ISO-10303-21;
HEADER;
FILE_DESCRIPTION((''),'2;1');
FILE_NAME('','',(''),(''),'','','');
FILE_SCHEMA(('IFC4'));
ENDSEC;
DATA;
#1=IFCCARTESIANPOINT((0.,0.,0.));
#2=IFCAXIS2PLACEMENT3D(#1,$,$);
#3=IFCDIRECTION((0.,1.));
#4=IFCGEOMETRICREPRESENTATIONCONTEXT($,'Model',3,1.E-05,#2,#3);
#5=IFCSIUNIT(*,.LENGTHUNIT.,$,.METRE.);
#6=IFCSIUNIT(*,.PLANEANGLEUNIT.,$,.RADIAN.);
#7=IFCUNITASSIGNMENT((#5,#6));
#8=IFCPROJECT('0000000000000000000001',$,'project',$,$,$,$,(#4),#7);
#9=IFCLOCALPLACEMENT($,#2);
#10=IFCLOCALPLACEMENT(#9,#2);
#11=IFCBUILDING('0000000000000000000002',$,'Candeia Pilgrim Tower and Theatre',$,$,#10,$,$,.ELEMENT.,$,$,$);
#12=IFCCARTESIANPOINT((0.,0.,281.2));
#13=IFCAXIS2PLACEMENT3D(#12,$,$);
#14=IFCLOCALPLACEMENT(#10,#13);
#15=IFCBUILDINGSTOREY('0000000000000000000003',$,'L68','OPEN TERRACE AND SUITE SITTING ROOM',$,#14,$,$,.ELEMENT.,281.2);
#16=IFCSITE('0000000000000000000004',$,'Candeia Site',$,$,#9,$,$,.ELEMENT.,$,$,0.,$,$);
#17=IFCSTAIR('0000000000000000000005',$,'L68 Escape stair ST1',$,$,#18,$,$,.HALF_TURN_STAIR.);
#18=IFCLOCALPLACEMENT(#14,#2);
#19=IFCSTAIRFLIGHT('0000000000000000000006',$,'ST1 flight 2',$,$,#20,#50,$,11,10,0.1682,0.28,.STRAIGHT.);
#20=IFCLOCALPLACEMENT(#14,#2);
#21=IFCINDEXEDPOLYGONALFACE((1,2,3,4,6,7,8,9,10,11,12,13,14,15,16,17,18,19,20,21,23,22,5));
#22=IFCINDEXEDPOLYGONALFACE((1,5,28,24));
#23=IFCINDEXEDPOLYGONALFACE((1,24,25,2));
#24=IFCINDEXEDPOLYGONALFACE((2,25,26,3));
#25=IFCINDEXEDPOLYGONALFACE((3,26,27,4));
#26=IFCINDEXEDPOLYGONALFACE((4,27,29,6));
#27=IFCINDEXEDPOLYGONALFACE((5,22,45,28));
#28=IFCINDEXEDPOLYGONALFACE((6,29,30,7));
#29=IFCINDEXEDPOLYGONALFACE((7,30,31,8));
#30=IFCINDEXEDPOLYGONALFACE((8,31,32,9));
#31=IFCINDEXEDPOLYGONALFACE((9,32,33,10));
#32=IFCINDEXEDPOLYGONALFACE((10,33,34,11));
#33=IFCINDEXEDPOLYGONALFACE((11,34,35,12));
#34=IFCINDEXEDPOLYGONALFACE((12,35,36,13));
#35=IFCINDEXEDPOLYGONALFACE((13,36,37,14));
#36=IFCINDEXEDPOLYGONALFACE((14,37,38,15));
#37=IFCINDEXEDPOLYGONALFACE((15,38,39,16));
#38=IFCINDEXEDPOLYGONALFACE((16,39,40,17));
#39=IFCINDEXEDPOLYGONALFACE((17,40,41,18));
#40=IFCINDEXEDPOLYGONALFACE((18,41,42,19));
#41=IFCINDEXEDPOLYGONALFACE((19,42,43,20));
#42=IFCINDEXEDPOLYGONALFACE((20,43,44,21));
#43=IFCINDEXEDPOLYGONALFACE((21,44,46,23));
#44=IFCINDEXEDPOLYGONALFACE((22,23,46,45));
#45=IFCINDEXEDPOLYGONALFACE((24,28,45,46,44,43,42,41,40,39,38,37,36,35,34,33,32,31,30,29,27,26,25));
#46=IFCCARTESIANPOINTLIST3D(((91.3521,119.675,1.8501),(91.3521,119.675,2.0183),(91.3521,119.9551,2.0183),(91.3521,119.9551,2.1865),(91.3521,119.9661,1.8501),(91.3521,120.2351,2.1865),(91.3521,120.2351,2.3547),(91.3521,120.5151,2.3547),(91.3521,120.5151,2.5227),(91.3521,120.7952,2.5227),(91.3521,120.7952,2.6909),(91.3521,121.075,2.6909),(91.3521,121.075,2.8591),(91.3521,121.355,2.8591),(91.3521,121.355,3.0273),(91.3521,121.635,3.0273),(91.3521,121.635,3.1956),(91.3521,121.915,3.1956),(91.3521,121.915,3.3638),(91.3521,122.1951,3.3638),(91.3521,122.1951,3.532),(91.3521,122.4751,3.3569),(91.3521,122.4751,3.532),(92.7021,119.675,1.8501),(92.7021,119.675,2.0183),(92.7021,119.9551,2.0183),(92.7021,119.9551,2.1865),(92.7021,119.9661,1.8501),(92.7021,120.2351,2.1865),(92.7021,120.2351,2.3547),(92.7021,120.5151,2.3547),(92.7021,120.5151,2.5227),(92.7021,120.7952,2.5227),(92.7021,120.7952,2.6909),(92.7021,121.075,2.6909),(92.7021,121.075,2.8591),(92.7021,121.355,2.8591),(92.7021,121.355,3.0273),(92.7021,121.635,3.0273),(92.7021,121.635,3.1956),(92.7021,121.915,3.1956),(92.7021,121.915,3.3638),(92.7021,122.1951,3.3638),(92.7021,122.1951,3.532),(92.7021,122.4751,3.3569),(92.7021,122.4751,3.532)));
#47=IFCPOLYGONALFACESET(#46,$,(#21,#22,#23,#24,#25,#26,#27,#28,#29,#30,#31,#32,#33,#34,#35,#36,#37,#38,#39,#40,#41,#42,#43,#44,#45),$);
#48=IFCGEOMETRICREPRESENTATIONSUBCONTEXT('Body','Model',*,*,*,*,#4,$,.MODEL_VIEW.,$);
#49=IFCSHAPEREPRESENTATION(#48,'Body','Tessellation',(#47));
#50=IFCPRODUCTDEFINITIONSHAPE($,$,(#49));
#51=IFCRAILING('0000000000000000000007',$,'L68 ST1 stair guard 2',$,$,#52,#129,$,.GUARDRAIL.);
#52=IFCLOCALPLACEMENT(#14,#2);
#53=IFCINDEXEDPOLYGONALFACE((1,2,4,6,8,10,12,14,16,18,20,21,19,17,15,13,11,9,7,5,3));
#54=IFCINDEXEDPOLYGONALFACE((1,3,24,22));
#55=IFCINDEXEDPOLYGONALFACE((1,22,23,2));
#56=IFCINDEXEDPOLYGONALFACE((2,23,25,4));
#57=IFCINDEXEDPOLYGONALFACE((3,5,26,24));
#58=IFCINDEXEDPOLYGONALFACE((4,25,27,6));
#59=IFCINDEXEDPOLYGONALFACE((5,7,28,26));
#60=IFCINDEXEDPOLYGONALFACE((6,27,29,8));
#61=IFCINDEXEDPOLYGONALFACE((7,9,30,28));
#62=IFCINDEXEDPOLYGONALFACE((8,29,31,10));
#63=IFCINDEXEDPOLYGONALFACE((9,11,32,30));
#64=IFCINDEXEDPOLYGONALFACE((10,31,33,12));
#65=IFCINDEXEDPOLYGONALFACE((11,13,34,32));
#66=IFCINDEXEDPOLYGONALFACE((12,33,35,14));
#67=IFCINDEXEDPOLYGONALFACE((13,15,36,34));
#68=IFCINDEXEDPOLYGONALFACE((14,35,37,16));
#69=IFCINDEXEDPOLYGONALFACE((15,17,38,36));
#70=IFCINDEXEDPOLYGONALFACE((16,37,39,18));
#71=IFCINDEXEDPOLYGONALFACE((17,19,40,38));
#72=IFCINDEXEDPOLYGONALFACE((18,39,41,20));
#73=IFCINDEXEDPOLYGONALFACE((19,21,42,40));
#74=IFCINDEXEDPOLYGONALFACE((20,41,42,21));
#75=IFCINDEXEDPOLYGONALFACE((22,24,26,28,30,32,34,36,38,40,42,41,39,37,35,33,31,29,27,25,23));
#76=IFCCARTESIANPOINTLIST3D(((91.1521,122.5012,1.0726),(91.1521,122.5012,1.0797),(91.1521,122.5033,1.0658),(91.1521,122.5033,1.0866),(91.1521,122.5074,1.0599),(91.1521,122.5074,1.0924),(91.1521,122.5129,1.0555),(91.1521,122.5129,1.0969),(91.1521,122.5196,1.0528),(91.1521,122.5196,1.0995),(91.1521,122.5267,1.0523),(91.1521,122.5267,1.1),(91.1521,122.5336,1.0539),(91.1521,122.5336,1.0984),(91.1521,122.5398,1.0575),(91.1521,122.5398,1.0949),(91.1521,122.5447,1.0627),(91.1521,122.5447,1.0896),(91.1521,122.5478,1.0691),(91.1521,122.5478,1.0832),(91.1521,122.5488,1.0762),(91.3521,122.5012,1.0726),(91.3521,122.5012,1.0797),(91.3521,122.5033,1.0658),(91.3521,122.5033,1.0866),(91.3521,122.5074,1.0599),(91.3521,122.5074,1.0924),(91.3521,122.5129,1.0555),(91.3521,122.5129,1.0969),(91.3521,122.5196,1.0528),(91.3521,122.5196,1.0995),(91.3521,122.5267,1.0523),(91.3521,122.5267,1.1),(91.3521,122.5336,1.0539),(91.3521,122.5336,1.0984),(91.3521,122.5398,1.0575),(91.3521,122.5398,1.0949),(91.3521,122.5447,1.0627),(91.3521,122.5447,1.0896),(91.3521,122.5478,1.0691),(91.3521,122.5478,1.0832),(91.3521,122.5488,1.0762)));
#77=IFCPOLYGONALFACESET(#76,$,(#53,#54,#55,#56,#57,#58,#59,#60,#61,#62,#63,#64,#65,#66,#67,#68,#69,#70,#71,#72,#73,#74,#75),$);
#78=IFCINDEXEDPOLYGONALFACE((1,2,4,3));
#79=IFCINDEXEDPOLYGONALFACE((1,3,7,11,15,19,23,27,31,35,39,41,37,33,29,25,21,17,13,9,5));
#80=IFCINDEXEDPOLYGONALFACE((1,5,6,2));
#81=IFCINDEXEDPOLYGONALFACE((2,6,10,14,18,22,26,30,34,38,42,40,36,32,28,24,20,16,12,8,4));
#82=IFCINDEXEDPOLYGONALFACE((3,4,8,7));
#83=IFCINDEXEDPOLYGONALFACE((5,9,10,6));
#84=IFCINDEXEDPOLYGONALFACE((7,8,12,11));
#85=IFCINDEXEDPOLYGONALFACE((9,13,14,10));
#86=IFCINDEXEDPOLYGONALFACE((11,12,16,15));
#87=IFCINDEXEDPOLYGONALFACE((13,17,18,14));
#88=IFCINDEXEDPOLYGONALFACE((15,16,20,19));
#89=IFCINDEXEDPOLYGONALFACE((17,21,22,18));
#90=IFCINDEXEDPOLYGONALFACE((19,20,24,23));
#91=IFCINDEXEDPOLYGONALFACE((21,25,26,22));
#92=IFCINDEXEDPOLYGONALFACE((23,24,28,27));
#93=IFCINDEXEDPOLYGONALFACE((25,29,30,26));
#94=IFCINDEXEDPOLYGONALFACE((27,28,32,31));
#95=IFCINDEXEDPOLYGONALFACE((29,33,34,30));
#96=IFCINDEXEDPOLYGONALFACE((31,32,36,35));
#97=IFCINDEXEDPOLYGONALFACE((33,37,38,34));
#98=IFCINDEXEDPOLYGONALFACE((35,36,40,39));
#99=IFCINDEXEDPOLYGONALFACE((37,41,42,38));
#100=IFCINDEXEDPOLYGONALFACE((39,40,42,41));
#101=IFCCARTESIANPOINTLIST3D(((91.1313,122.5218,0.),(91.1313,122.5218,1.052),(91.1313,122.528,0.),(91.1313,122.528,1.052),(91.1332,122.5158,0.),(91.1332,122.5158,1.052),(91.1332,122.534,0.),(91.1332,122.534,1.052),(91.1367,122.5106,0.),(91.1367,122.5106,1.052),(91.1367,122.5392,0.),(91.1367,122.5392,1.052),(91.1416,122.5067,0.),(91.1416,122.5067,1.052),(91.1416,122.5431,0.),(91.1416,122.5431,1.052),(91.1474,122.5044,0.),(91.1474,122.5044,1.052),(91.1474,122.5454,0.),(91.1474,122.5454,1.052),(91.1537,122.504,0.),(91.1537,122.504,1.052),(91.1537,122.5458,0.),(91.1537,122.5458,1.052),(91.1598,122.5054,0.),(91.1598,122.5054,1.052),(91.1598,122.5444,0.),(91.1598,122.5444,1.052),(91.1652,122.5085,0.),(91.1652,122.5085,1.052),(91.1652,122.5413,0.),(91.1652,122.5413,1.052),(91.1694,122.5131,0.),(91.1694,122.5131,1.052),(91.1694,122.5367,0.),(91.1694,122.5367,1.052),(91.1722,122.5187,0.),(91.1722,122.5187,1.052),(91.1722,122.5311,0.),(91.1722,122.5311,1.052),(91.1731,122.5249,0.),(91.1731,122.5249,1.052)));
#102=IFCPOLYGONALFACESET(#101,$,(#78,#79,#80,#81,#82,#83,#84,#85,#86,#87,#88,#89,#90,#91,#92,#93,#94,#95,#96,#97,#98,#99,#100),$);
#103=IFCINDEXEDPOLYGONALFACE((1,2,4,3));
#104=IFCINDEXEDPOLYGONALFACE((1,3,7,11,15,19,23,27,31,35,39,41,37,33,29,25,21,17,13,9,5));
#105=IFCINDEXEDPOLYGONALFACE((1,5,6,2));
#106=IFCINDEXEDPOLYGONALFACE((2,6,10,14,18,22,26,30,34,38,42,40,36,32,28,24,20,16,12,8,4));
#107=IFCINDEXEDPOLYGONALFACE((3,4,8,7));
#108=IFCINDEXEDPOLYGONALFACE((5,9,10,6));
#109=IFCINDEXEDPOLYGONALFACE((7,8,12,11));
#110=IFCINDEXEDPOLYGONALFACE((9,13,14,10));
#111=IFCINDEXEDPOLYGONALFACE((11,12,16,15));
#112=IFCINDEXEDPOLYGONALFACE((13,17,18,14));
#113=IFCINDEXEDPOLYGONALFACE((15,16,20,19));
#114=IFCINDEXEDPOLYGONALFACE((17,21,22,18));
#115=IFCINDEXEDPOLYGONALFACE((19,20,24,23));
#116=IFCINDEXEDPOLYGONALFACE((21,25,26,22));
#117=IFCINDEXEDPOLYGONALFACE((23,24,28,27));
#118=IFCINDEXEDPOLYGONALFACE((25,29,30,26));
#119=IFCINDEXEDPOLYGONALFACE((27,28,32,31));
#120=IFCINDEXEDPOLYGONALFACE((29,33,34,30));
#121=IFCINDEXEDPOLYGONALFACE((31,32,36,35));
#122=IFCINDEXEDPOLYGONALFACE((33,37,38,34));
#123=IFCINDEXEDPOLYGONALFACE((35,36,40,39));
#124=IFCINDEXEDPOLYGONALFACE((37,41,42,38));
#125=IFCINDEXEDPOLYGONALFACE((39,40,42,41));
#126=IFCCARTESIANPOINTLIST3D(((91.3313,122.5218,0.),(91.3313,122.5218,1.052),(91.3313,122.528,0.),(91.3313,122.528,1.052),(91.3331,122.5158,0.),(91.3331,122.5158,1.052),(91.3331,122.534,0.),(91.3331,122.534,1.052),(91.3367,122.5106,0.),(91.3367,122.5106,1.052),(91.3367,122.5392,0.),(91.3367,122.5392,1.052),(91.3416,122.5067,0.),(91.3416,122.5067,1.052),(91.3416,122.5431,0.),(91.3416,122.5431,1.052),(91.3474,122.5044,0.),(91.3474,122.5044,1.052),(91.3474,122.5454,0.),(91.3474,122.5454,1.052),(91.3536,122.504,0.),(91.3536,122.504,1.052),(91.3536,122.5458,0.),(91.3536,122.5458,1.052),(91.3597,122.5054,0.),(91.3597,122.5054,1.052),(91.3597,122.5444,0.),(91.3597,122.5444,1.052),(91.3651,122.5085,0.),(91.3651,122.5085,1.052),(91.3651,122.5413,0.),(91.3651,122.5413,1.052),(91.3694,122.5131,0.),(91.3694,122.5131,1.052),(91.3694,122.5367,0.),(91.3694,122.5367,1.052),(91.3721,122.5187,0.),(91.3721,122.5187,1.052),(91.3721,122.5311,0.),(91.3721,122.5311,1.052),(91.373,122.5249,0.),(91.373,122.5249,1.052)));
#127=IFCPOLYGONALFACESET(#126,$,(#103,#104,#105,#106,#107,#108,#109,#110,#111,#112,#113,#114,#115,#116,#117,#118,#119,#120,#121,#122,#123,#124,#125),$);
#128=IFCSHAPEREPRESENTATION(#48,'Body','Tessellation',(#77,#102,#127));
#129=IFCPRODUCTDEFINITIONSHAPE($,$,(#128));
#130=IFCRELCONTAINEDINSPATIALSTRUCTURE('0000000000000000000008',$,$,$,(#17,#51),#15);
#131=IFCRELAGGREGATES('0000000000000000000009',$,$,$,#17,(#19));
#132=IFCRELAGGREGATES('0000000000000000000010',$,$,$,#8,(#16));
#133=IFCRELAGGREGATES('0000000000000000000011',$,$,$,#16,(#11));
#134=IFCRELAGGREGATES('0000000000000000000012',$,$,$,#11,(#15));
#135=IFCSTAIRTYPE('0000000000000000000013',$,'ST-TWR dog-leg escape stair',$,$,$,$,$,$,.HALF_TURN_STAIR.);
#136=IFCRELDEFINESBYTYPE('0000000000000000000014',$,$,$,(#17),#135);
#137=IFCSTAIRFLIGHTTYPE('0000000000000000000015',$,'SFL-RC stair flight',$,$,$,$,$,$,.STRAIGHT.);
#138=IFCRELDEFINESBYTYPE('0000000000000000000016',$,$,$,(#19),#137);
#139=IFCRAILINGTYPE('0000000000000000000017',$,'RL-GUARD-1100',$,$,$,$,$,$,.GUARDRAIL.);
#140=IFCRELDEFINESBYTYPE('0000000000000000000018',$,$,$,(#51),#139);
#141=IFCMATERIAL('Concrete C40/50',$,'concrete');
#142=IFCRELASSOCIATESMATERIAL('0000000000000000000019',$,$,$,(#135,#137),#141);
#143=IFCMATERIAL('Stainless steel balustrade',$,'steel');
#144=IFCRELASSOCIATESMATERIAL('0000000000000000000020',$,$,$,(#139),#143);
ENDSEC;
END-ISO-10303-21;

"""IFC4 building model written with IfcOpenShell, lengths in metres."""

from ifc_helpers import new_model, si_unit, direction, frame, origin, origin_2d, place, context, subcontext, project, spatial, polyline, circle, outline, extrude, material, type_object, element, aggregate, save


model = new_model("IFC4")

# Units and contexts
model_context = context("Model", 3, precision=1e-05, world=origin(), true_north=direction((0.0, 1.0)))
body_context = subcontext(model_context, "Body", "Model", "MODEL_VIEW")
ifc_project = project(units=[si_unit("LENGTHUNIT", "METRE"), si_unit("PLANEANGLEUNIT", "RADIAN")], contexts=[model_context])

# Site, building, storey
site_placement = place(None, origin())
site = spatial("IfcSite", under=ifc_project, at=site_placement, Name="Candeia Site", CompositionType="ELEMENT", RefElevation=0.0)
building_placement = place(site_placement, origin())
building = spatial("IfcBuilding", under=site, at=building_placement, Name="Candeia Pilgrim Tower and Theatre", CompositionType="ELEMENT")
storey_placement = place(building_placement, frame((0.0, 0.0, 281.2)))
storey = spatial("IfcBuildingStorey", under=building, at=storey_placement, Name="L68", Description="OPEN TERRACE AND SUITE SITTING ROOM", CompositionType="ELEMENT", Elevation=281.2)

# Shared definitions
ifc_material_1 = material(Name="Concrete C40/50", Category="concrete")

# Stair, stair flight
stair_type = type_object("IfcStairType", Name="ST-TWR dog-leg escape stair", PredefinedType="HALF_TURN_STAIR", material=ifc_material_1)
stair_placement = place(storey_placement, origin())
stair = element("IfcStair", 1, at=stair_placement, inside=storey, type_object=stair_type, Name="L68 Escape stair ST1", PredefinedType="HALF_TURN_STAIR")
stair_flight_type = type_object("IfcStairFlightType", Name="SFL-RC stair flight", PredefinedType="STRAIGHT", material=ifc_material_1)
stair_flight_1_placement = place(storey_placement, frame((92.0271, 119.675, 1.8501), z_axis=(0.0, 0.0, 1.0), x_axis=(0.0, 1.0, 0.0)))
stair_flight_1 = element("IfcStairFlight", 2, at=stair_flight_1_placement, type_object=stair_flight_type, Name="ST1 flight 2", NumberOfRisers=11, NumberOfTreads=10, PredefinedType="STRAIGHT", RiserHeight=0.1682, TreadLength=0.28, context=body_context, shape_type="SweptSolid", body=[
    extrude(outline(polyline([(0.0, 0.0), (0.0, 0.1682), (0.28, 0.1682), (0.28, 0.3364), (0.5601, 0.3364), (0.5601, 0.5046), (0.8401, 0.5046), (0.8401, 0.6726), (1.1201, 0.6726), (1.1201, 0.8408), (1.3999, 0.8408), (1.3999, 1.009), (1.6799, 1.009), (1.6799, 1.1772), (1.96, 1.1772), (1.96, 1.3455), (2.24, 1.3455), (2.24, 1.5137), (2.52, 1.5137), (2.52, 1.6819), (2.8, 1.6819), (2.8, 1.8501), (2.8, 1.5068), (0.291, 0.0), (0.0, 0.0)])), frame((0.0, 0.675, 0.0), z_axis=(0.0, -1.0, 0.0), x_axis=(1.0, 0.0, 0.0)), (0.0, 0.0, 1.0), 1.3501),
])
aggregate(stair, [stair_flight_1])

# Railing
ifc_material_2 = material(Name="Stainless steel balustrade", Category="steel")
railing_type_1 = type_object("IfcRailingType", Name="RL-GUARD-1100", PredefinedType="GUARDRAIL", material=ifc_material_2)
railing_1_placement = place(storey_placement, frame((91.1521, 122.5249, 0.0)))
element("IfcRailing", 3, at=railing_1_placement, inside=storey, type_object=railing_type_1, Name="L68 ST1 stair guard 2", PredefinedType="GUARDRAIL", context=body_context, shape_type="SweptSolid", body=[
    extrude(circle(Radius=0.0239, at=origin_2d()), frame((0.0, 0.0, 1.0762), z_axis=(1.0, 0.0, 0.0), x_axis=(0.0, 1.0, 0.0)), (0.0, 0.0, 1.0), 0.2),
    extrude(circle(Radius=0.021, at=origin_2d()), origin(), (0.0, 0.0, 1.0), 1.052),
    extrude(circle(Radius=0.021, at=origin_2d()), frame((0.2, 0.0, 0.0)), (0.0, 0.0, 1.0), 1.052),
])

save(model, "model.ifc")
